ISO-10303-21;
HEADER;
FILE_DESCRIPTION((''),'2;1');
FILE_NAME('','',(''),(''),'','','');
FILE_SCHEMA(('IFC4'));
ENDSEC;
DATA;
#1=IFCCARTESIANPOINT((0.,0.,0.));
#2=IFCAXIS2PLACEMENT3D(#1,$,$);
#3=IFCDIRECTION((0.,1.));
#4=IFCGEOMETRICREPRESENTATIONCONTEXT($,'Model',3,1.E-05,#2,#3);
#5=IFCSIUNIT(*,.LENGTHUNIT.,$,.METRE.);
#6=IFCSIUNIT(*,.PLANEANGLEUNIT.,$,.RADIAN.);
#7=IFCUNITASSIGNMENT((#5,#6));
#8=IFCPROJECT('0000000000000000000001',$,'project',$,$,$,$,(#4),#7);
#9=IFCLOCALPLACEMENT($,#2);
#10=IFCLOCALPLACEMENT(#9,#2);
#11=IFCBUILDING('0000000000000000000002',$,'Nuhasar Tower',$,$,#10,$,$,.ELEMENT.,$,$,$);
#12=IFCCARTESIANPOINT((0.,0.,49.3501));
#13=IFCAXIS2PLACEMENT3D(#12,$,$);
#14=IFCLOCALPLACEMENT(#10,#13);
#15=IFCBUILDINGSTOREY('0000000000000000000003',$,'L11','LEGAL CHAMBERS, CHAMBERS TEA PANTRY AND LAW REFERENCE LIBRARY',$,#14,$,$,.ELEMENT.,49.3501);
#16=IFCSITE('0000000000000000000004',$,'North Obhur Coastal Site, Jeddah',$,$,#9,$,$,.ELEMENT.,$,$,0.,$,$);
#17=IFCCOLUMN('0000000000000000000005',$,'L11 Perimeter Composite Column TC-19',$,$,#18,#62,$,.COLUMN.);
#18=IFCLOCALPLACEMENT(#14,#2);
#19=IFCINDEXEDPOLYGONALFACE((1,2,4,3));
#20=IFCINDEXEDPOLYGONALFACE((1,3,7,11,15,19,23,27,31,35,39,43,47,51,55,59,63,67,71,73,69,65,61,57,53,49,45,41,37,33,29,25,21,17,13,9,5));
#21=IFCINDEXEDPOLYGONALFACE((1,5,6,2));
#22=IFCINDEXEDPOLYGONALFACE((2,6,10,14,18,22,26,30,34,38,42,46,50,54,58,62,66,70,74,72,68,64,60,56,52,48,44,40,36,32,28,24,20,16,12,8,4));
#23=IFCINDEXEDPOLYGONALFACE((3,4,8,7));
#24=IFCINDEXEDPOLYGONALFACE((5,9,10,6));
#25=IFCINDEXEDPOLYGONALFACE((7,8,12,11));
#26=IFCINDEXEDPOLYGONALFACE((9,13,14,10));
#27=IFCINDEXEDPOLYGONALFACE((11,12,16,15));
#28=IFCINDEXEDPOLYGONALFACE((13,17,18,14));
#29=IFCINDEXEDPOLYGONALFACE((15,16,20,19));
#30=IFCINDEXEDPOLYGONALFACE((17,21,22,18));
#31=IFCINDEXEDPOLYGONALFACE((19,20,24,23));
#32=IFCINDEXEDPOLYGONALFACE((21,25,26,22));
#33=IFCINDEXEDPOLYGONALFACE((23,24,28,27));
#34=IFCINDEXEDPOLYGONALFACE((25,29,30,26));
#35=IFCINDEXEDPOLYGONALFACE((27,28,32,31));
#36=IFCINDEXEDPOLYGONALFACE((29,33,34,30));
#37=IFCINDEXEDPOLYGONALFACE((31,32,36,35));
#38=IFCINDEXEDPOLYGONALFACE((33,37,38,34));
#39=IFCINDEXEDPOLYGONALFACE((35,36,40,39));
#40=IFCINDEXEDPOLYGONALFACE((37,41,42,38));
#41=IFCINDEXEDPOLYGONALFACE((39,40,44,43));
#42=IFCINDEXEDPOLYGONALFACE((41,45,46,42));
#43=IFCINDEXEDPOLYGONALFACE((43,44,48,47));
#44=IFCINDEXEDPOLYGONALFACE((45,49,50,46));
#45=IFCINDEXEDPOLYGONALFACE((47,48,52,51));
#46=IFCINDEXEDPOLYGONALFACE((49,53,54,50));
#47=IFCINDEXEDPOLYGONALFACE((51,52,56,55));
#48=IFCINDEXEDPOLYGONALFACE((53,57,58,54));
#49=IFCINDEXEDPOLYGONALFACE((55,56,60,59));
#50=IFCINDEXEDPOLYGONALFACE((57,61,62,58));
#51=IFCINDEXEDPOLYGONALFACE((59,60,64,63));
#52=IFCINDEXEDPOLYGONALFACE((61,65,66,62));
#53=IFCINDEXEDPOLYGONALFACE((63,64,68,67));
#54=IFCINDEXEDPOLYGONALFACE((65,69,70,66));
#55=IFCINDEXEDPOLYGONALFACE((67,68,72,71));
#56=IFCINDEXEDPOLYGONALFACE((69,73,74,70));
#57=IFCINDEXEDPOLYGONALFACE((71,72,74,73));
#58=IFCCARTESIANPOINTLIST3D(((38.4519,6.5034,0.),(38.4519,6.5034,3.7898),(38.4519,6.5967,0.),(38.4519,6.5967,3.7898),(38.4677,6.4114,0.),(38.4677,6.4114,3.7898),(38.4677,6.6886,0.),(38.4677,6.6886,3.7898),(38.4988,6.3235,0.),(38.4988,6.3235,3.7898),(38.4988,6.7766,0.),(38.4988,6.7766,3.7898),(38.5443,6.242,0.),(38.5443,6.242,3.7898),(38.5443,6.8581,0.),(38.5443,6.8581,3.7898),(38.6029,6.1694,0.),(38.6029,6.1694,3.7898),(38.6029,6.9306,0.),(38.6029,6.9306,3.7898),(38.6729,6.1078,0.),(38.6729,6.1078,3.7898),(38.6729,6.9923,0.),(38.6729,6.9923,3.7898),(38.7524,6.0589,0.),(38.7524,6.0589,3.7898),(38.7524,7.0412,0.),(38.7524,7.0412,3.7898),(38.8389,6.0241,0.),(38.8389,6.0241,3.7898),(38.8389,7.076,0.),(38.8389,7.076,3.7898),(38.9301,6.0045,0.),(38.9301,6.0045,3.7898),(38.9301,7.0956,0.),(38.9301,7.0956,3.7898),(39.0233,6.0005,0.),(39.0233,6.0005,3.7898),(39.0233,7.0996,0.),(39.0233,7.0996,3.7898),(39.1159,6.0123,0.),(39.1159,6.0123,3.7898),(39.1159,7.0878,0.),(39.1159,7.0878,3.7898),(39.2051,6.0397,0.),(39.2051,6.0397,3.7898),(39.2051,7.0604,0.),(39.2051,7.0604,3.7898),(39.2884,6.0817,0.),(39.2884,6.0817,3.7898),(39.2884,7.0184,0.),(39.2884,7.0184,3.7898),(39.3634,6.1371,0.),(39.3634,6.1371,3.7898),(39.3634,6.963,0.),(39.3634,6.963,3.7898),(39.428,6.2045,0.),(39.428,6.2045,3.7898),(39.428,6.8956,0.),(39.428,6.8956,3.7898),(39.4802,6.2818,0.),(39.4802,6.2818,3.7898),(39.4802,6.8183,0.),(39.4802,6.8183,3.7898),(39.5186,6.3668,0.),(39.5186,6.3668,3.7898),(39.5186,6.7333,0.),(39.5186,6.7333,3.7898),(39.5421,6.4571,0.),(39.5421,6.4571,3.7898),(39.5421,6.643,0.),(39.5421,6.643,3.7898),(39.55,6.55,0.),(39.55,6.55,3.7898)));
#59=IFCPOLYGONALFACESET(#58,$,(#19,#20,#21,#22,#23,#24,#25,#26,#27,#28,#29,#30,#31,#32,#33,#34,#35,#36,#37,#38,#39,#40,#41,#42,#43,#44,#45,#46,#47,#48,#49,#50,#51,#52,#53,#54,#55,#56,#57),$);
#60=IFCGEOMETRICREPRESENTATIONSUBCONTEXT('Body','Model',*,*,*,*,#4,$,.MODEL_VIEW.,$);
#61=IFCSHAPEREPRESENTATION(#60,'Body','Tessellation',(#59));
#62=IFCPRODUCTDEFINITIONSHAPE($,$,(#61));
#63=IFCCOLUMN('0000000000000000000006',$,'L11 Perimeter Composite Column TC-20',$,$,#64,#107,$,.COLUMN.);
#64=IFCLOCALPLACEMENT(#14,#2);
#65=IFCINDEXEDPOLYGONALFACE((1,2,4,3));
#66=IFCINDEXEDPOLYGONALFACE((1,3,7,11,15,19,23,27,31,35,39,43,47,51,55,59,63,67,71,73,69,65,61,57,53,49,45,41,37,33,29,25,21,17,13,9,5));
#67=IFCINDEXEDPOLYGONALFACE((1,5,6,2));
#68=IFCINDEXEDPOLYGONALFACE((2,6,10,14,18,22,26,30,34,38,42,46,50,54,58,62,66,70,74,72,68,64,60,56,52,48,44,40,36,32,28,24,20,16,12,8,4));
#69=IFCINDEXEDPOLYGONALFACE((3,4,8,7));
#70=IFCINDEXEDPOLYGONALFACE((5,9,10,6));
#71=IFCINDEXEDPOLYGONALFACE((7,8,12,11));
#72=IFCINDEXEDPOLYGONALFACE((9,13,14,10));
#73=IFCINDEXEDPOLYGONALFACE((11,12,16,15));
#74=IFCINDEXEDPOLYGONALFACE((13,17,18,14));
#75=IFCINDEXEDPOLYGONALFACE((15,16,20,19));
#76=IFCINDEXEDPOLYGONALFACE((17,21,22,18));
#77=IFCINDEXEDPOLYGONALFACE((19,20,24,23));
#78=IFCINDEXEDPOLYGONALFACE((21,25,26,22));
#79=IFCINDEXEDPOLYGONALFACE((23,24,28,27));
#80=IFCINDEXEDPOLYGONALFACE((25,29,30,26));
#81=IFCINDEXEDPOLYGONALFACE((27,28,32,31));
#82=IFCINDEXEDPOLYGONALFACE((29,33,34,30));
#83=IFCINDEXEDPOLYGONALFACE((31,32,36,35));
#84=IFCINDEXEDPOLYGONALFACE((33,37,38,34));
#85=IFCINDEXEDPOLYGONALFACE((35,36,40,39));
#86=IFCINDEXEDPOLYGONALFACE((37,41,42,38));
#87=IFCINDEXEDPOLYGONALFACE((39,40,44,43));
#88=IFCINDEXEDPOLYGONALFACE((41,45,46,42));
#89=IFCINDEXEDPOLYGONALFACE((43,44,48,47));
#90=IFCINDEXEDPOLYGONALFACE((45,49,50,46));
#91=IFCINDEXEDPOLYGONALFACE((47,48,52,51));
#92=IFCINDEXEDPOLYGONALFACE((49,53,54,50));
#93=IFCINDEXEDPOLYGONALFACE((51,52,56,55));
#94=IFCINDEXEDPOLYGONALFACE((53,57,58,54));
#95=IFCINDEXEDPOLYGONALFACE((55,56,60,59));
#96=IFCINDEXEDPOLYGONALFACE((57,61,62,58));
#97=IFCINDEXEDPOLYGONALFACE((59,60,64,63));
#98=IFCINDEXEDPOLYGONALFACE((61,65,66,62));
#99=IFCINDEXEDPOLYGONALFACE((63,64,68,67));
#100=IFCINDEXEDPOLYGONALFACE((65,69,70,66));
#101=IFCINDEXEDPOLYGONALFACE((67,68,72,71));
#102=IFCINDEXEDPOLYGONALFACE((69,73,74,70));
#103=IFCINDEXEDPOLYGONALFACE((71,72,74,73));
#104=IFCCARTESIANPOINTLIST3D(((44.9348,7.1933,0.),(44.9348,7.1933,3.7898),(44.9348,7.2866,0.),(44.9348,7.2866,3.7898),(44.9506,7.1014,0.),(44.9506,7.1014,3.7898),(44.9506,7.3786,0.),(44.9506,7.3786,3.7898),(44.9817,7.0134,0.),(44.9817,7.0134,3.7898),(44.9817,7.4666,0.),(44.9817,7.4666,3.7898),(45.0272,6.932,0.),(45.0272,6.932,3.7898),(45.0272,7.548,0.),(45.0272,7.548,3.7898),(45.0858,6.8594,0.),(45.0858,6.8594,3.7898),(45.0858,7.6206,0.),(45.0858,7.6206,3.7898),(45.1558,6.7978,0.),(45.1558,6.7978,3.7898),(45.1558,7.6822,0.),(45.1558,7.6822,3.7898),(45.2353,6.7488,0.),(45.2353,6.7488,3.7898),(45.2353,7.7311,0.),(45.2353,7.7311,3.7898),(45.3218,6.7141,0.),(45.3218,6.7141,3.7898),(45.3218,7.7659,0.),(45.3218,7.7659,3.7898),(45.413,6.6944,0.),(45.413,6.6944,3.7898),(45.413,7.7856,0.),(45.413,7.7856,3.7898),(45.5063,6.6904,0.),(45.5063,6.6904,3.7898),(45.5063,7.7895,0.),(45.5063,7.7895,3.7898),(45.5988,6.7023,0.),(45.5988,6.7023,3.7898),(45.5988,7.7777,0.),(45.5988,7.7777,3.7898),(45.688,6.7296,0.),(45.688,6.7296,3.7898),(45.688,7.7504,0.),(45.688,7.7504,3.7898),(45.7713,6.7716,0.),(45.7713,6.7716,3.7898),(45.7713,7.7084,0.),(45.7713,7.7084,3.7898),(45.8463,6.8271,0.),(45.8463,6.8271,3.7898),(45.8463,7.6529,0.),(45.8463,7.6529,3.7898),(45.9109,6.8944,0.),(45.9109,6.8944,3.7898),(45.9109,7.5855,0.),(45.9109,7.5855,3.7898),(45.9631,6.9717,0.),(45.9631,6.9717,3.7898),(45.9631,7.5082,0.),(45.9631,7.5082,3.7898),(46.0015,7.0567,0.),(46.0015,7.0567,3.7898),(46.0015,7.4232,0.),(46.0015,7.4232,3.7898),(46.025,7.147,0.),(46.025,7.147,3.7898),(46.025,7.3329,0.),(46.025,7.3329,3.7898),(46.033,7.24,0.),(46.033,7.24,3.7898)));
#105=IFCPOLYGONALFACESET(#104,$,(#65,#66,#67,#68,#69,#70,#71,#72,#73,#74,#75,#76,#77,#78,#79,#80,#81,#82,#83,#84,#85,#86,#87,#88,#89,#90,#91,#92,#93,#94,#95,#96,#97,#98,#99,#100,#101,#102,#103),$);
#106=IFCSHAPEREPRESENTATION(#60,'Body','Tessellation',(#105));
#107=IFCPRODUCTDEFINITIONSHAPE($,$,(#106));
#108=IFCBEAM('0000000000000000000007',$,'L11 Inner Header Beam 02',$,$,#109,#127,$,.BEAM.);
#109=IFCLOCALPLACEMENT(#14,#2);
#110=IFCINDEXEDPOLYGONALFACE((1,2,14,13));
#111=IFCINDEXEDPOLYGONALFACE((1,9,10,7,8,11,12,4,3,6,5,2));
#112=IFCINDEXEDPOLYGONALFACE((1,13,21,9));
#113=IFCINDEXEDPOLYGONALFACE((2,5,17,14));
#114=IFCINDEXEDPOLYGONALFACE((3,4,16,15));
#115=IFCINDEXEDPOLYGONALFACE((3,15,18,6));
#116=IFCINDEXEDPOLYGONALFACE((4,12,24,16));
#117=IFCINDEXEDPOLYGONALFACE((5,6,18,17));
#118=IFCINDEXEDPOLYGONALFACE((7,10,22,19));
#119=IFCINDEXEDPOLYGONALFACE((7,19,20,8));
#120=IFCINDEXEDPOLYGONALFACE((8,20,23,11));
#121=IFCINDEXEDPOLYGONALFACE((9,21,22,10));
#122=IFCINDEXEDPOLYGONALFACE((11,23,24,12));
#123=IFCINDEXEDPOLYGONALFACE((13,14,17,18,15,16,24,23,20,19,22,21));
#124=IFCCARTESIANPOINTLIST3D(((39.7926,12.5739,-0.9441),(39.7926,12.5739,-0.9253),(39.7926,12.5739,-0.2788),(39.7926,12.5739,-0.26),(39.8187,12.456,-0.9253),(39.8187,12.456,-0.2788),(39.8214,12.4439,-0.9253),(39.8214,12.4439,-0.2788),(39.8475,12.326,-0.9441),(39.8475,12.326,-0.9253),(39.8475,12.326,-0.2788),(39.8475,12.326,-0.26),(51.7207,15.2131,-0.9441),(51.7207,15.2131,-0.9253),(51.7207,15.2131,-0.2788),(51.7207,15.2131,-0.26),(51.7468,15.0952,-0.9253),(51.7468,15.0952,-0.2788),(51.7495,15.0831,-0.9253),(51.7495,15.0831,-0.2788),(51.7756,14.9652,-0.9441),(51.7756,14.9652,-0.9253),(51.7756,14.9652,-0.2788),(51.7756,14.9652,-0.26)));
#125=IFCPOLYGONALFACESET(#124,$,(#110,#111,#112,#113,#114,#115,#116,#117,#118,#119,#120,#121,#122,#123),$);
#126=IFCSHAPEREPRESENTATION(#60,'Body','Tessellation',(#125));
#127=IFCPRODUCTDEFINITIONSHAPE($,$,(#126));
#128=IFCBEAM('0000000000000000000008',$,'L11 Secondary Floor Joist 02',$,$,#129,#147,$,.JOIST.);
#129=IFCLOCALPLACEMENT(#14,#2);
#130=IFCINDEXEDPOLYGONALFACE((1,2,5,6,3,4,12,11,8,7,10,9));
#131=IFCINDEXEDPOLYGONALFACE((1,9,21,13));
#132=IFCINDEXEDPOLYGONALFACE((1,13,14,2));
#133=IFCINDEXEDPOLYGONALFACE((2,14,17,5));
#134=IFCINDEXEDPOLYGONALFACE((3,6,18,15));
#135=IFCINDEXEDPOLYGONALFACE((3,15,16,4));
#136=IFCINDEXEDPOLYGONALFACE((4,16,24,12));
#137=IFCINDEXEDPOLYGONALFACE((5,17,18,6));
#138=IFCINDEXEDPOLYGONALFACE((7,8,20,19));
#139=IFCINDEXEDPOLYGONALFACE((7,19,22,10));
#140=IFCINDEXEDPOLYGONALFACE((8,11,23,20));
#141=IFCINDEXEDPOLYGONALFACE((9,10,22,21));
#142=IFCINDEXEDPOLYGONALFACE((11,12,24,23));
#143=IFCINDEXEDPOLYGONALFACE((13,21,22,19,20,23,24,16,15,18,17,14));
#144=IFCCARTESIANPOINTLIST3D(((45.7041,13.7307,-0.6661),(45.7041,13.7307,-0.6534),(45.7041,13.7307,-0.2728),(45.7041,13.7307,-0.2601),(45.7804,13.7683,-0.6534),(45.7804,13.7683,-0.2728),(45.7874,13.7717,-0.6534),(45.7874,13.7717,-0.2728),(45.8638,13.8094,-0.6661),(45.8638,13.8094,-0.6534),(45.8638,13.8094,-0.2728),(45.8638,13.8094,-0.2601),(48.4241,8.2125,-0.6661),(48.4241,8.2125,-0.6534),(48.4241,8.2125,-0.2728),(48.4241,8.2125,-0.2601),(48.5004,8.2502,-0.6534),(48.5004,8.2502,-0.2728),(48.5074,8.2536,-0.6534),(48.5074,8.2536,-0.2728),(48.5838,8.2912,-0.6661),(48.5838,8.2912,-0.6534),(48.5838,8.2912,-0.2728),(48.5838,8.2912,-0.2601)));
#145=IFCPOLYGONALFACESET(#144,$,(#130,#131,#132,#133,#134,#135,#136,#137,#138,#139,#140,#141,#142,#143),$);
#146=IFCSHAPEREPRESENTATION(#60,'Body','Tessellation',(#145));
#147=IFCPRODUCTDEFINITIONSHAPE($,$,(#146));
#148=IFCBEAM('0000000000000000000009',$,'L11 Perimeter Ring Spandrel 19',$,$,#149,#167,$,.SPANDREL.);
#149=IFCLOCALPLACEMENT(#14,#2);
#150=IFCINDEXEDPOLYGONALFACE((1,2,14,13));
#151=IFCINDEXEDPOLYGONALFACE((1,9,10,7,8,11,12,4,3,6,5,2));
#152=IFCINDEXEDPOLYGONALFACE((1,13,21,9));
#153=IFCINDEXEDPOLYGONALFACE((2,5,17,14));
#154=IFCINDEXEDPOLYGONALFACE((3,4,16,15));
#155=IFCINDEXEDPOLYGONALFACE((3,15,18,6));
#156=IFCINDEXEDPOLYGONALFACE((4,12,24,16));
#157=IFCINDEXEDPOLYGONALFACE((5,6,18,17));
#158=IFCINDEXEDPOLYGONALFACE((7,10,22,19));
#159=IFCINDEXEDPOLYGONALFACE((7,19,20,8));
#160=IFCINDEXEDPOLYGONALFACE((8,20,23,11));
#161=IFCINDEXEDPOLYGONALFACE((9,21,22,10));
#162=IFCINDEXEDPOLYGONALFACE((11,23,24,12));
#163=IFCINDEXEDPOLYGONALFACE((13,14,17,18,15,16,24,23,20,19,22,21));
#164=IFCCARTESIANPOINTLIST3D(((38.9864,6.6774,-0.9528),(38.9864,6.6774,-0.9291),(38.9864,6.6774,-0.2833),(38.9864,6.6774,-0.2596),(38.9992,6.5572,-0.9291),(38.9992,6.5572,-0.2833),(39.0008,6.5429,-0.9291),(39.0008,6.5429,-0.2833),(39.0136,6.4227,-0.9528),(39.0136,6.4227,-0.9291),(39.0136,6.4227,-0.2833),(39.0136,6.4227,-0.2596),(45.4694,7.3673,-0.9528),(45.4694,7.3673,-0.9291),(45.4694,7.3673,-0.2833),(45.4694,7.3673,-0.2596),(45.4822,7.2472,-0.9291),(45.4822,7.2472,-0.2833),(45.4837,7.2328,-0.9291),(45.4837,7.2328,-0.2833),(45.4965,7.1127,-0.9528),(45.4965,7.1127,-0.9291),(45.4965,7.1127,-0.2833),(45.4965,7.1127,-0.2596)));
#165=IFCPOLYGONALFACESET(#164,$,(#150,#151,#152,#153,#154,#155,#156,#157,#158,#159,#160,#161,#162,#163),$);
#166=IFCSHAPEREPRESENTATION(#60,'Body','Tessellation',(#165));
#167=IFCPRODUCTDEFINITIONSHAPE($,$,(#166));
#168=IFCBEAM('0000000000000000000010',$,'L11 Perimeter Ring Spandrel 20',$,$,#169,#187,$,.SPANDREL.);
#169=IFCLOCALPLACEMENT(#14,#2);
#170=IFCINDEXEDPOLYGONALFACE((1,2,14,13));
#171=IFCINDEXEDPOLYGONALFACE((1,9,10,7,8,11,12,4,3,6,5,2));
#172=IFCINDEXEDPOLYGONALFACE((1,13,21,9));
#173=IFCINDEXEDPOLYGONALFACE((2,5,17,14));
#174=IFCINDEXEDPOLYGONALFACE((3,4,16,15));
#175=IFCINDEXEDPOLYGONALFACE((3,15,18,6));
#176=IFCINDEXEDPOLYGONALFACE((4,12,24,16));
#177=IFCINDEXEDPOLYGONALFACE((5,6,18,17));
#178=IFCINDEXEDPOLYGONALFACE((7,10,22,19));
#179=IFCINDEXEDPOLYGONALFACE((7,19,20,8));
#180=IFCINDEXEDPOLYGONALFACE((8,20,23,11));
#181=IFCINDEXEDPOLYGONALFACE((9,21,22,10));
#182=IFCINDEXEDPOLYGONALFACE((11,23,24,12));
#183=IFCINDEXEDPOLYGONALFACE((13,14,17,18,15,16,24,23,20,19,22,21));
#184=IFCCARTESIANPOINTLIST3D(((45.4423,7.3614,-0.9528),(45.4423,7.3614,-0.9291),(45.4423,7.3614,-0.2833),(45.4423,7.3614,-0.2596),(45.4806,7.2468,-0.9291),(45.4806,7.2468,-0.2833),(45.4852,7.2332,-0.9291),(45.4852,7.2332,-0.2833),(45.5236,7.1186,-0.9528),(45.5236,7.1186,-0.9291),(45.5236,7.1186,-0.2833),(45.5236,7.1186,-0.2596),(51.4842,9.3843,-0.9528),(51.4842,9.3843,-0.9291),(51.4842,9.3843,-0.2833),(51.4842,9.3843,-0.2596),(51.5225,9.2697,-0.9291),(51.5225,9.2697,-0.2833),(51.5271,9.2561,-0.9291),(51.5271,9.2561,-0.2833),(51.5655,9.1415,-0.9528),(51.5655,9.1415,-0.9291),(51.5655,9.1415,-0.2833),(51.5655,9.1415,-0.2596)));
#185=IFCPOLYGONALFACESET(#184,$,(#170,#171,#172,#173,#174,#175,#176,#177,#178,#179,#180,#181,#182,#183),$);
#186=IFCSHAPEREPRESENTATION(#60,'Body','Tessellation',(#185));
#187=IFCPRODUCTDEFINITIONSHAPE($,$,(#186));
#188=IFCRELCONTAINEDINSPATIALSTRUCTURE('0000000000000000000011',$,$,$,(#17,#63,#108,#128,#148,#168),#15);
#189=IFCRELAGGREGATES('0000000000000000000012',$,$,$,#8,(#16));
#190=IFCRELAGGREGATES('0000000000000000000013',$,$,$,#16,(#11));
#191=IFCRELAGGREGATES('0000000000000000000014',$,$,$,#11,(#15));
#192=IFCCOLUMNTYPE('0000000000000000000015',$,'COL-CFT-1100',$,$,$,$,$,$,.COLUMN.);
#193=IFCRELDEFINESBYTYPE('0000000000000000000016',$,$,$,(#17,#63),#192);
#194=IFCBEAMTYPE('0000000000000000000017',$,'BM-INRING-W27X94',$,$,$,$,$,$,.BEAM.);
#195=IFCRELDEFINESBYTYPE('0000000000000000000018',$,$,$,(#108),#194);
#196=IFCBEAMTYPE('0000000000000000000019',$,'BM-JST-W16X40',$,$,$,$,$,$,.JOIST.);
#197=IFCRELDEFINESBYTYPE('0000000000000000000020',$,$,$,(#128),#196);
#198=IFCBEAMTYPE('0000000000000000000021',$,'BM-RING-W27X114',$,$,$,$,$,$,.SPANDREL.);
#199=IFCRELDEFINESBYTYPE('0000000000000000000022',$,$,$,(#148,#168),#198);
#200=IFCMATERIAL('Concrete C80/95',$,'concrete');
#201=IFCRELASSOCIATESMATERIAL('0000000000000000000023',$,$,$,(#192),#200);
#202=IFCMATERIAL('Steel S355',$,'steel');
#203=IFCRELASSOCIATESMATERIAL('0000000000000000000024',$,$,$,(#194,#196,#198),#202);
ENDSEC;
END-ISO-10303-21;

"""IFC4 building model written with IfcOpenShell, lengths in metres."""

from ifc_helpers import new_model, si_unit, direction, frame, origin, origin_2d, place, context, subcontext, project, spatial, circle, i_section, extrude, material, material_profile, profile_set, type_object, element, save


model = new_model("IFC4")

# Units and contexts
model_context = context("Model", 3, precision=1e-05, world=origin(), true_north=direction((0.0, 1.0)))
body_context = subcontext(model_context, "Body", "Model", "MODEL_VIEW")
ifc_project = project(units=[si_unit("LENGTHUNIT", "METRE"), si_unit("PLANEANGLEUNIT", "RADIAN")], contexts=[model_context])

# Site, building, storey
site_placement = place(None, origin())
site = spatial("IfcSite", under=ifc_project, at=site_placement, Name="North Obhur Coastal Site, Jeddah", CompositionType="ELEMENT", RefElevation=0.0)
building_placement = place(site_placement, origin())
building = spatial("IfcBuilding", under=site, at=building_placement, Name="Nuhasar Tower", CompositionType="ELEMENT")
storey_placement = place(building_placement, frame((0.0, 0.0, 49.3501)))
storey = spatial("IfcBuildingStorey", under=building, at=storey_placement, Name="L11", Description="LEGAL CHAMBERS, CHAMBERS TEA PANTRY AND LAW REFERENCE LIBRARY", CompositionType="ELEMENT", Elevation=49.3501)

# Columns
ifc_material_1 = material(Name="Concrete C80/95", Category="concrete")
ifc_material_profile_1 = material_profile(ifc_material_1, circle(Radius=0.55, at=origin_2d()), Name="CFT1100")
ifc_profile_set_1 = profile_set([ifc_material_profile_1], Name="Concrete C80/95")
column_type = type_object("IfcColumnType", Name="COL-CFT-1100", PredefinedType="COLUMN", material=ifc_profile_set_1)
for number, where, z_axis, x_axis, name in (
    (1, (39.0, 6.55, 0.0), (0.0, 0.0, 1.0), (1.0, 0.0, 0.0), "L11 Perimeter Composite Column TC-19"),
    (2, (45.4829, 7.24, 0.0), (0.0, 0.0, 1.0), (1.0, 0.0, 0.0), "L11 Perimeter Composite Column TC-20"),
):
    element("IfcColumn", number, at=place(storey_placement, frame(where, z_axis=z_axis, x_axis=x_axis)), inside=storey, type_object=column_type, Name=name, PredefinedType="COLUMN", context=body_context, shape_type="SweptSolid", body=[
        extrude(circle(Radius=0.55, at=origin_2d()), origin(), (0.0, 0.0, 1.0), 3.7898),
    ])

# Beams
ifc_material_2 = material(Name="Steel S355", Category="steel")
ifc_material_profile_2 = material_profile(ifc_material_2, i_section(OverallWidth=0.2539, OverallDepth=0.6841, WebThickness=0.0125, FlangeThickness=0.0188, at=origin_2d()), Name="W27X94")
ifc_profile_set_2 = profile_set([ifc_material_profile_2], Name="Steel S355")
beam_type_1 = type_object("IfcBeamType", Name="BM-INRING-W27X94", PredefinedType="BEAM", material=ifc_profile_set_2)
beam_1_placement = place(storey_placement, frame((39.8201, 12.45, -0.6021), z_axis=(0.976386, 0.216033, 0.0), x_axis=(-0.216033, 0.976386, 0.0)))
element("IfcBeam", 3, at=beam_1_placement, inside=storey, type_object=beam_type_1, Name="L11 Inner Header Beam 02", PredefinedType="BEAM", context=body_context, shape_type="SweptSolid", body=[
    extrude(i_section(OverallWidth=0.2539, OverallDepth=0.6841, WebThickness=0.0125, FlangeThickness=0.0188, at=origin_2d()), origin(), (0.0, 0.0, 1.0), 12.2166),
])
ifc_material_profile_3 = material_profile(ifc_material_2, i_section(OverallWidth=0.178, OverallDepth=0.406, WebThickness=0.0078, FlangeThickness=0.0127, at=origin_2d()), Name="W16X40")
ifc_profile_set_3 = profile_set([ifc_material_profile_3], Name="Steel S355")
beam_type_2 = type_object("IfcBeamType", Name="BM-JST-W16X40", PredefinedType="JOIST", material=ifc_profile_set_3)
beam_2_placement = place(storey_placement, frame((45.7839, 13.77, -0.4631), z_axis=(0.442127, -0.896953, 0.0), x_axis=(0.896953, 0.442127, 0.0)))
element("IfcBeam", 4, at=beam_2_placement, inside=storey, type_object=beam_type_2, Name="L11 Secondary Floor Joist 02", PredefinedType="JOIST", context=body_context, shape_type="SweptSolid", body=[
    extrude(i_section(OverallWidth=0.178, OverallDepth=0.406, WebThickness=0.0078, FlangeThickness=0.0127, at=origin_2d()), origin(), (0.0, 0.0, 1.0), 6.1521),
])
ifc_material_profile_4 = material_profile(ifc_material_2, i_section(OverallWidth=0.2561, OverallDepth=0.6931, WebThickness=0.0144, FlangeThickness=0.0237, at=origin_2d()), Name="W27X114")
ifc_profile_set_4 = profile_set([ifc_material_profile_4], Name="Steel S355")
beam_type_3 = type_object("IfcBeamType", Name="BM-RING-W27X114", PredefinedType="SPANDREL", material=ifc_profile_set_4)
beam_3_placement = place(storey_placement, frame((39.0, 6.55, -0.6062), z_axis=(0.994385, 0.105827, 0.0), x_axis=(-0.105827, 0.994385, 0.0)))
element("IfcBeam", 5, at=beam_3_placement, inside=storey, type_object=beam_type_3, Name="L11 Perimeter Ring Spandrel 19", PredefinedType="SPANDREL", context=body_context, shape_type="SweptSolid", body=[
    extrude(i_section(OverallWidth=0.2561, OverallDepth=0.6931, WebThickness=0.0144, FlangeThickness=0.0237, at=origin_2d()), origin(), (0.0, 0.0, 1.0), 6.5195),
])
beam_4_placement = place(storey_placement, frame((45.4829, 7.24, -0.6062), z_axis=(0.948261, 0.317492, 0.0), x_axis=(-0.317492, 0.948261, 0.0)))
element("IfcBeam", 6, at=beam_4_placement, inside=storey, type_object=beam_type_3, Name="L11 Perimeter Ring Spandrel 20", PredefinedType="SPANDREL", context=body_context, shape_type="SweptSolid", body=[
    extrude(i_section(OverallWidth=0.2561, OverallDepth=0.6931, WebThickness=0.0144, FlangeThickness=0.0237, at=origin_2d()), origin(), (0.0, 0.0, 1.0), 6.3716),
])

save(model, "model.ifc")
